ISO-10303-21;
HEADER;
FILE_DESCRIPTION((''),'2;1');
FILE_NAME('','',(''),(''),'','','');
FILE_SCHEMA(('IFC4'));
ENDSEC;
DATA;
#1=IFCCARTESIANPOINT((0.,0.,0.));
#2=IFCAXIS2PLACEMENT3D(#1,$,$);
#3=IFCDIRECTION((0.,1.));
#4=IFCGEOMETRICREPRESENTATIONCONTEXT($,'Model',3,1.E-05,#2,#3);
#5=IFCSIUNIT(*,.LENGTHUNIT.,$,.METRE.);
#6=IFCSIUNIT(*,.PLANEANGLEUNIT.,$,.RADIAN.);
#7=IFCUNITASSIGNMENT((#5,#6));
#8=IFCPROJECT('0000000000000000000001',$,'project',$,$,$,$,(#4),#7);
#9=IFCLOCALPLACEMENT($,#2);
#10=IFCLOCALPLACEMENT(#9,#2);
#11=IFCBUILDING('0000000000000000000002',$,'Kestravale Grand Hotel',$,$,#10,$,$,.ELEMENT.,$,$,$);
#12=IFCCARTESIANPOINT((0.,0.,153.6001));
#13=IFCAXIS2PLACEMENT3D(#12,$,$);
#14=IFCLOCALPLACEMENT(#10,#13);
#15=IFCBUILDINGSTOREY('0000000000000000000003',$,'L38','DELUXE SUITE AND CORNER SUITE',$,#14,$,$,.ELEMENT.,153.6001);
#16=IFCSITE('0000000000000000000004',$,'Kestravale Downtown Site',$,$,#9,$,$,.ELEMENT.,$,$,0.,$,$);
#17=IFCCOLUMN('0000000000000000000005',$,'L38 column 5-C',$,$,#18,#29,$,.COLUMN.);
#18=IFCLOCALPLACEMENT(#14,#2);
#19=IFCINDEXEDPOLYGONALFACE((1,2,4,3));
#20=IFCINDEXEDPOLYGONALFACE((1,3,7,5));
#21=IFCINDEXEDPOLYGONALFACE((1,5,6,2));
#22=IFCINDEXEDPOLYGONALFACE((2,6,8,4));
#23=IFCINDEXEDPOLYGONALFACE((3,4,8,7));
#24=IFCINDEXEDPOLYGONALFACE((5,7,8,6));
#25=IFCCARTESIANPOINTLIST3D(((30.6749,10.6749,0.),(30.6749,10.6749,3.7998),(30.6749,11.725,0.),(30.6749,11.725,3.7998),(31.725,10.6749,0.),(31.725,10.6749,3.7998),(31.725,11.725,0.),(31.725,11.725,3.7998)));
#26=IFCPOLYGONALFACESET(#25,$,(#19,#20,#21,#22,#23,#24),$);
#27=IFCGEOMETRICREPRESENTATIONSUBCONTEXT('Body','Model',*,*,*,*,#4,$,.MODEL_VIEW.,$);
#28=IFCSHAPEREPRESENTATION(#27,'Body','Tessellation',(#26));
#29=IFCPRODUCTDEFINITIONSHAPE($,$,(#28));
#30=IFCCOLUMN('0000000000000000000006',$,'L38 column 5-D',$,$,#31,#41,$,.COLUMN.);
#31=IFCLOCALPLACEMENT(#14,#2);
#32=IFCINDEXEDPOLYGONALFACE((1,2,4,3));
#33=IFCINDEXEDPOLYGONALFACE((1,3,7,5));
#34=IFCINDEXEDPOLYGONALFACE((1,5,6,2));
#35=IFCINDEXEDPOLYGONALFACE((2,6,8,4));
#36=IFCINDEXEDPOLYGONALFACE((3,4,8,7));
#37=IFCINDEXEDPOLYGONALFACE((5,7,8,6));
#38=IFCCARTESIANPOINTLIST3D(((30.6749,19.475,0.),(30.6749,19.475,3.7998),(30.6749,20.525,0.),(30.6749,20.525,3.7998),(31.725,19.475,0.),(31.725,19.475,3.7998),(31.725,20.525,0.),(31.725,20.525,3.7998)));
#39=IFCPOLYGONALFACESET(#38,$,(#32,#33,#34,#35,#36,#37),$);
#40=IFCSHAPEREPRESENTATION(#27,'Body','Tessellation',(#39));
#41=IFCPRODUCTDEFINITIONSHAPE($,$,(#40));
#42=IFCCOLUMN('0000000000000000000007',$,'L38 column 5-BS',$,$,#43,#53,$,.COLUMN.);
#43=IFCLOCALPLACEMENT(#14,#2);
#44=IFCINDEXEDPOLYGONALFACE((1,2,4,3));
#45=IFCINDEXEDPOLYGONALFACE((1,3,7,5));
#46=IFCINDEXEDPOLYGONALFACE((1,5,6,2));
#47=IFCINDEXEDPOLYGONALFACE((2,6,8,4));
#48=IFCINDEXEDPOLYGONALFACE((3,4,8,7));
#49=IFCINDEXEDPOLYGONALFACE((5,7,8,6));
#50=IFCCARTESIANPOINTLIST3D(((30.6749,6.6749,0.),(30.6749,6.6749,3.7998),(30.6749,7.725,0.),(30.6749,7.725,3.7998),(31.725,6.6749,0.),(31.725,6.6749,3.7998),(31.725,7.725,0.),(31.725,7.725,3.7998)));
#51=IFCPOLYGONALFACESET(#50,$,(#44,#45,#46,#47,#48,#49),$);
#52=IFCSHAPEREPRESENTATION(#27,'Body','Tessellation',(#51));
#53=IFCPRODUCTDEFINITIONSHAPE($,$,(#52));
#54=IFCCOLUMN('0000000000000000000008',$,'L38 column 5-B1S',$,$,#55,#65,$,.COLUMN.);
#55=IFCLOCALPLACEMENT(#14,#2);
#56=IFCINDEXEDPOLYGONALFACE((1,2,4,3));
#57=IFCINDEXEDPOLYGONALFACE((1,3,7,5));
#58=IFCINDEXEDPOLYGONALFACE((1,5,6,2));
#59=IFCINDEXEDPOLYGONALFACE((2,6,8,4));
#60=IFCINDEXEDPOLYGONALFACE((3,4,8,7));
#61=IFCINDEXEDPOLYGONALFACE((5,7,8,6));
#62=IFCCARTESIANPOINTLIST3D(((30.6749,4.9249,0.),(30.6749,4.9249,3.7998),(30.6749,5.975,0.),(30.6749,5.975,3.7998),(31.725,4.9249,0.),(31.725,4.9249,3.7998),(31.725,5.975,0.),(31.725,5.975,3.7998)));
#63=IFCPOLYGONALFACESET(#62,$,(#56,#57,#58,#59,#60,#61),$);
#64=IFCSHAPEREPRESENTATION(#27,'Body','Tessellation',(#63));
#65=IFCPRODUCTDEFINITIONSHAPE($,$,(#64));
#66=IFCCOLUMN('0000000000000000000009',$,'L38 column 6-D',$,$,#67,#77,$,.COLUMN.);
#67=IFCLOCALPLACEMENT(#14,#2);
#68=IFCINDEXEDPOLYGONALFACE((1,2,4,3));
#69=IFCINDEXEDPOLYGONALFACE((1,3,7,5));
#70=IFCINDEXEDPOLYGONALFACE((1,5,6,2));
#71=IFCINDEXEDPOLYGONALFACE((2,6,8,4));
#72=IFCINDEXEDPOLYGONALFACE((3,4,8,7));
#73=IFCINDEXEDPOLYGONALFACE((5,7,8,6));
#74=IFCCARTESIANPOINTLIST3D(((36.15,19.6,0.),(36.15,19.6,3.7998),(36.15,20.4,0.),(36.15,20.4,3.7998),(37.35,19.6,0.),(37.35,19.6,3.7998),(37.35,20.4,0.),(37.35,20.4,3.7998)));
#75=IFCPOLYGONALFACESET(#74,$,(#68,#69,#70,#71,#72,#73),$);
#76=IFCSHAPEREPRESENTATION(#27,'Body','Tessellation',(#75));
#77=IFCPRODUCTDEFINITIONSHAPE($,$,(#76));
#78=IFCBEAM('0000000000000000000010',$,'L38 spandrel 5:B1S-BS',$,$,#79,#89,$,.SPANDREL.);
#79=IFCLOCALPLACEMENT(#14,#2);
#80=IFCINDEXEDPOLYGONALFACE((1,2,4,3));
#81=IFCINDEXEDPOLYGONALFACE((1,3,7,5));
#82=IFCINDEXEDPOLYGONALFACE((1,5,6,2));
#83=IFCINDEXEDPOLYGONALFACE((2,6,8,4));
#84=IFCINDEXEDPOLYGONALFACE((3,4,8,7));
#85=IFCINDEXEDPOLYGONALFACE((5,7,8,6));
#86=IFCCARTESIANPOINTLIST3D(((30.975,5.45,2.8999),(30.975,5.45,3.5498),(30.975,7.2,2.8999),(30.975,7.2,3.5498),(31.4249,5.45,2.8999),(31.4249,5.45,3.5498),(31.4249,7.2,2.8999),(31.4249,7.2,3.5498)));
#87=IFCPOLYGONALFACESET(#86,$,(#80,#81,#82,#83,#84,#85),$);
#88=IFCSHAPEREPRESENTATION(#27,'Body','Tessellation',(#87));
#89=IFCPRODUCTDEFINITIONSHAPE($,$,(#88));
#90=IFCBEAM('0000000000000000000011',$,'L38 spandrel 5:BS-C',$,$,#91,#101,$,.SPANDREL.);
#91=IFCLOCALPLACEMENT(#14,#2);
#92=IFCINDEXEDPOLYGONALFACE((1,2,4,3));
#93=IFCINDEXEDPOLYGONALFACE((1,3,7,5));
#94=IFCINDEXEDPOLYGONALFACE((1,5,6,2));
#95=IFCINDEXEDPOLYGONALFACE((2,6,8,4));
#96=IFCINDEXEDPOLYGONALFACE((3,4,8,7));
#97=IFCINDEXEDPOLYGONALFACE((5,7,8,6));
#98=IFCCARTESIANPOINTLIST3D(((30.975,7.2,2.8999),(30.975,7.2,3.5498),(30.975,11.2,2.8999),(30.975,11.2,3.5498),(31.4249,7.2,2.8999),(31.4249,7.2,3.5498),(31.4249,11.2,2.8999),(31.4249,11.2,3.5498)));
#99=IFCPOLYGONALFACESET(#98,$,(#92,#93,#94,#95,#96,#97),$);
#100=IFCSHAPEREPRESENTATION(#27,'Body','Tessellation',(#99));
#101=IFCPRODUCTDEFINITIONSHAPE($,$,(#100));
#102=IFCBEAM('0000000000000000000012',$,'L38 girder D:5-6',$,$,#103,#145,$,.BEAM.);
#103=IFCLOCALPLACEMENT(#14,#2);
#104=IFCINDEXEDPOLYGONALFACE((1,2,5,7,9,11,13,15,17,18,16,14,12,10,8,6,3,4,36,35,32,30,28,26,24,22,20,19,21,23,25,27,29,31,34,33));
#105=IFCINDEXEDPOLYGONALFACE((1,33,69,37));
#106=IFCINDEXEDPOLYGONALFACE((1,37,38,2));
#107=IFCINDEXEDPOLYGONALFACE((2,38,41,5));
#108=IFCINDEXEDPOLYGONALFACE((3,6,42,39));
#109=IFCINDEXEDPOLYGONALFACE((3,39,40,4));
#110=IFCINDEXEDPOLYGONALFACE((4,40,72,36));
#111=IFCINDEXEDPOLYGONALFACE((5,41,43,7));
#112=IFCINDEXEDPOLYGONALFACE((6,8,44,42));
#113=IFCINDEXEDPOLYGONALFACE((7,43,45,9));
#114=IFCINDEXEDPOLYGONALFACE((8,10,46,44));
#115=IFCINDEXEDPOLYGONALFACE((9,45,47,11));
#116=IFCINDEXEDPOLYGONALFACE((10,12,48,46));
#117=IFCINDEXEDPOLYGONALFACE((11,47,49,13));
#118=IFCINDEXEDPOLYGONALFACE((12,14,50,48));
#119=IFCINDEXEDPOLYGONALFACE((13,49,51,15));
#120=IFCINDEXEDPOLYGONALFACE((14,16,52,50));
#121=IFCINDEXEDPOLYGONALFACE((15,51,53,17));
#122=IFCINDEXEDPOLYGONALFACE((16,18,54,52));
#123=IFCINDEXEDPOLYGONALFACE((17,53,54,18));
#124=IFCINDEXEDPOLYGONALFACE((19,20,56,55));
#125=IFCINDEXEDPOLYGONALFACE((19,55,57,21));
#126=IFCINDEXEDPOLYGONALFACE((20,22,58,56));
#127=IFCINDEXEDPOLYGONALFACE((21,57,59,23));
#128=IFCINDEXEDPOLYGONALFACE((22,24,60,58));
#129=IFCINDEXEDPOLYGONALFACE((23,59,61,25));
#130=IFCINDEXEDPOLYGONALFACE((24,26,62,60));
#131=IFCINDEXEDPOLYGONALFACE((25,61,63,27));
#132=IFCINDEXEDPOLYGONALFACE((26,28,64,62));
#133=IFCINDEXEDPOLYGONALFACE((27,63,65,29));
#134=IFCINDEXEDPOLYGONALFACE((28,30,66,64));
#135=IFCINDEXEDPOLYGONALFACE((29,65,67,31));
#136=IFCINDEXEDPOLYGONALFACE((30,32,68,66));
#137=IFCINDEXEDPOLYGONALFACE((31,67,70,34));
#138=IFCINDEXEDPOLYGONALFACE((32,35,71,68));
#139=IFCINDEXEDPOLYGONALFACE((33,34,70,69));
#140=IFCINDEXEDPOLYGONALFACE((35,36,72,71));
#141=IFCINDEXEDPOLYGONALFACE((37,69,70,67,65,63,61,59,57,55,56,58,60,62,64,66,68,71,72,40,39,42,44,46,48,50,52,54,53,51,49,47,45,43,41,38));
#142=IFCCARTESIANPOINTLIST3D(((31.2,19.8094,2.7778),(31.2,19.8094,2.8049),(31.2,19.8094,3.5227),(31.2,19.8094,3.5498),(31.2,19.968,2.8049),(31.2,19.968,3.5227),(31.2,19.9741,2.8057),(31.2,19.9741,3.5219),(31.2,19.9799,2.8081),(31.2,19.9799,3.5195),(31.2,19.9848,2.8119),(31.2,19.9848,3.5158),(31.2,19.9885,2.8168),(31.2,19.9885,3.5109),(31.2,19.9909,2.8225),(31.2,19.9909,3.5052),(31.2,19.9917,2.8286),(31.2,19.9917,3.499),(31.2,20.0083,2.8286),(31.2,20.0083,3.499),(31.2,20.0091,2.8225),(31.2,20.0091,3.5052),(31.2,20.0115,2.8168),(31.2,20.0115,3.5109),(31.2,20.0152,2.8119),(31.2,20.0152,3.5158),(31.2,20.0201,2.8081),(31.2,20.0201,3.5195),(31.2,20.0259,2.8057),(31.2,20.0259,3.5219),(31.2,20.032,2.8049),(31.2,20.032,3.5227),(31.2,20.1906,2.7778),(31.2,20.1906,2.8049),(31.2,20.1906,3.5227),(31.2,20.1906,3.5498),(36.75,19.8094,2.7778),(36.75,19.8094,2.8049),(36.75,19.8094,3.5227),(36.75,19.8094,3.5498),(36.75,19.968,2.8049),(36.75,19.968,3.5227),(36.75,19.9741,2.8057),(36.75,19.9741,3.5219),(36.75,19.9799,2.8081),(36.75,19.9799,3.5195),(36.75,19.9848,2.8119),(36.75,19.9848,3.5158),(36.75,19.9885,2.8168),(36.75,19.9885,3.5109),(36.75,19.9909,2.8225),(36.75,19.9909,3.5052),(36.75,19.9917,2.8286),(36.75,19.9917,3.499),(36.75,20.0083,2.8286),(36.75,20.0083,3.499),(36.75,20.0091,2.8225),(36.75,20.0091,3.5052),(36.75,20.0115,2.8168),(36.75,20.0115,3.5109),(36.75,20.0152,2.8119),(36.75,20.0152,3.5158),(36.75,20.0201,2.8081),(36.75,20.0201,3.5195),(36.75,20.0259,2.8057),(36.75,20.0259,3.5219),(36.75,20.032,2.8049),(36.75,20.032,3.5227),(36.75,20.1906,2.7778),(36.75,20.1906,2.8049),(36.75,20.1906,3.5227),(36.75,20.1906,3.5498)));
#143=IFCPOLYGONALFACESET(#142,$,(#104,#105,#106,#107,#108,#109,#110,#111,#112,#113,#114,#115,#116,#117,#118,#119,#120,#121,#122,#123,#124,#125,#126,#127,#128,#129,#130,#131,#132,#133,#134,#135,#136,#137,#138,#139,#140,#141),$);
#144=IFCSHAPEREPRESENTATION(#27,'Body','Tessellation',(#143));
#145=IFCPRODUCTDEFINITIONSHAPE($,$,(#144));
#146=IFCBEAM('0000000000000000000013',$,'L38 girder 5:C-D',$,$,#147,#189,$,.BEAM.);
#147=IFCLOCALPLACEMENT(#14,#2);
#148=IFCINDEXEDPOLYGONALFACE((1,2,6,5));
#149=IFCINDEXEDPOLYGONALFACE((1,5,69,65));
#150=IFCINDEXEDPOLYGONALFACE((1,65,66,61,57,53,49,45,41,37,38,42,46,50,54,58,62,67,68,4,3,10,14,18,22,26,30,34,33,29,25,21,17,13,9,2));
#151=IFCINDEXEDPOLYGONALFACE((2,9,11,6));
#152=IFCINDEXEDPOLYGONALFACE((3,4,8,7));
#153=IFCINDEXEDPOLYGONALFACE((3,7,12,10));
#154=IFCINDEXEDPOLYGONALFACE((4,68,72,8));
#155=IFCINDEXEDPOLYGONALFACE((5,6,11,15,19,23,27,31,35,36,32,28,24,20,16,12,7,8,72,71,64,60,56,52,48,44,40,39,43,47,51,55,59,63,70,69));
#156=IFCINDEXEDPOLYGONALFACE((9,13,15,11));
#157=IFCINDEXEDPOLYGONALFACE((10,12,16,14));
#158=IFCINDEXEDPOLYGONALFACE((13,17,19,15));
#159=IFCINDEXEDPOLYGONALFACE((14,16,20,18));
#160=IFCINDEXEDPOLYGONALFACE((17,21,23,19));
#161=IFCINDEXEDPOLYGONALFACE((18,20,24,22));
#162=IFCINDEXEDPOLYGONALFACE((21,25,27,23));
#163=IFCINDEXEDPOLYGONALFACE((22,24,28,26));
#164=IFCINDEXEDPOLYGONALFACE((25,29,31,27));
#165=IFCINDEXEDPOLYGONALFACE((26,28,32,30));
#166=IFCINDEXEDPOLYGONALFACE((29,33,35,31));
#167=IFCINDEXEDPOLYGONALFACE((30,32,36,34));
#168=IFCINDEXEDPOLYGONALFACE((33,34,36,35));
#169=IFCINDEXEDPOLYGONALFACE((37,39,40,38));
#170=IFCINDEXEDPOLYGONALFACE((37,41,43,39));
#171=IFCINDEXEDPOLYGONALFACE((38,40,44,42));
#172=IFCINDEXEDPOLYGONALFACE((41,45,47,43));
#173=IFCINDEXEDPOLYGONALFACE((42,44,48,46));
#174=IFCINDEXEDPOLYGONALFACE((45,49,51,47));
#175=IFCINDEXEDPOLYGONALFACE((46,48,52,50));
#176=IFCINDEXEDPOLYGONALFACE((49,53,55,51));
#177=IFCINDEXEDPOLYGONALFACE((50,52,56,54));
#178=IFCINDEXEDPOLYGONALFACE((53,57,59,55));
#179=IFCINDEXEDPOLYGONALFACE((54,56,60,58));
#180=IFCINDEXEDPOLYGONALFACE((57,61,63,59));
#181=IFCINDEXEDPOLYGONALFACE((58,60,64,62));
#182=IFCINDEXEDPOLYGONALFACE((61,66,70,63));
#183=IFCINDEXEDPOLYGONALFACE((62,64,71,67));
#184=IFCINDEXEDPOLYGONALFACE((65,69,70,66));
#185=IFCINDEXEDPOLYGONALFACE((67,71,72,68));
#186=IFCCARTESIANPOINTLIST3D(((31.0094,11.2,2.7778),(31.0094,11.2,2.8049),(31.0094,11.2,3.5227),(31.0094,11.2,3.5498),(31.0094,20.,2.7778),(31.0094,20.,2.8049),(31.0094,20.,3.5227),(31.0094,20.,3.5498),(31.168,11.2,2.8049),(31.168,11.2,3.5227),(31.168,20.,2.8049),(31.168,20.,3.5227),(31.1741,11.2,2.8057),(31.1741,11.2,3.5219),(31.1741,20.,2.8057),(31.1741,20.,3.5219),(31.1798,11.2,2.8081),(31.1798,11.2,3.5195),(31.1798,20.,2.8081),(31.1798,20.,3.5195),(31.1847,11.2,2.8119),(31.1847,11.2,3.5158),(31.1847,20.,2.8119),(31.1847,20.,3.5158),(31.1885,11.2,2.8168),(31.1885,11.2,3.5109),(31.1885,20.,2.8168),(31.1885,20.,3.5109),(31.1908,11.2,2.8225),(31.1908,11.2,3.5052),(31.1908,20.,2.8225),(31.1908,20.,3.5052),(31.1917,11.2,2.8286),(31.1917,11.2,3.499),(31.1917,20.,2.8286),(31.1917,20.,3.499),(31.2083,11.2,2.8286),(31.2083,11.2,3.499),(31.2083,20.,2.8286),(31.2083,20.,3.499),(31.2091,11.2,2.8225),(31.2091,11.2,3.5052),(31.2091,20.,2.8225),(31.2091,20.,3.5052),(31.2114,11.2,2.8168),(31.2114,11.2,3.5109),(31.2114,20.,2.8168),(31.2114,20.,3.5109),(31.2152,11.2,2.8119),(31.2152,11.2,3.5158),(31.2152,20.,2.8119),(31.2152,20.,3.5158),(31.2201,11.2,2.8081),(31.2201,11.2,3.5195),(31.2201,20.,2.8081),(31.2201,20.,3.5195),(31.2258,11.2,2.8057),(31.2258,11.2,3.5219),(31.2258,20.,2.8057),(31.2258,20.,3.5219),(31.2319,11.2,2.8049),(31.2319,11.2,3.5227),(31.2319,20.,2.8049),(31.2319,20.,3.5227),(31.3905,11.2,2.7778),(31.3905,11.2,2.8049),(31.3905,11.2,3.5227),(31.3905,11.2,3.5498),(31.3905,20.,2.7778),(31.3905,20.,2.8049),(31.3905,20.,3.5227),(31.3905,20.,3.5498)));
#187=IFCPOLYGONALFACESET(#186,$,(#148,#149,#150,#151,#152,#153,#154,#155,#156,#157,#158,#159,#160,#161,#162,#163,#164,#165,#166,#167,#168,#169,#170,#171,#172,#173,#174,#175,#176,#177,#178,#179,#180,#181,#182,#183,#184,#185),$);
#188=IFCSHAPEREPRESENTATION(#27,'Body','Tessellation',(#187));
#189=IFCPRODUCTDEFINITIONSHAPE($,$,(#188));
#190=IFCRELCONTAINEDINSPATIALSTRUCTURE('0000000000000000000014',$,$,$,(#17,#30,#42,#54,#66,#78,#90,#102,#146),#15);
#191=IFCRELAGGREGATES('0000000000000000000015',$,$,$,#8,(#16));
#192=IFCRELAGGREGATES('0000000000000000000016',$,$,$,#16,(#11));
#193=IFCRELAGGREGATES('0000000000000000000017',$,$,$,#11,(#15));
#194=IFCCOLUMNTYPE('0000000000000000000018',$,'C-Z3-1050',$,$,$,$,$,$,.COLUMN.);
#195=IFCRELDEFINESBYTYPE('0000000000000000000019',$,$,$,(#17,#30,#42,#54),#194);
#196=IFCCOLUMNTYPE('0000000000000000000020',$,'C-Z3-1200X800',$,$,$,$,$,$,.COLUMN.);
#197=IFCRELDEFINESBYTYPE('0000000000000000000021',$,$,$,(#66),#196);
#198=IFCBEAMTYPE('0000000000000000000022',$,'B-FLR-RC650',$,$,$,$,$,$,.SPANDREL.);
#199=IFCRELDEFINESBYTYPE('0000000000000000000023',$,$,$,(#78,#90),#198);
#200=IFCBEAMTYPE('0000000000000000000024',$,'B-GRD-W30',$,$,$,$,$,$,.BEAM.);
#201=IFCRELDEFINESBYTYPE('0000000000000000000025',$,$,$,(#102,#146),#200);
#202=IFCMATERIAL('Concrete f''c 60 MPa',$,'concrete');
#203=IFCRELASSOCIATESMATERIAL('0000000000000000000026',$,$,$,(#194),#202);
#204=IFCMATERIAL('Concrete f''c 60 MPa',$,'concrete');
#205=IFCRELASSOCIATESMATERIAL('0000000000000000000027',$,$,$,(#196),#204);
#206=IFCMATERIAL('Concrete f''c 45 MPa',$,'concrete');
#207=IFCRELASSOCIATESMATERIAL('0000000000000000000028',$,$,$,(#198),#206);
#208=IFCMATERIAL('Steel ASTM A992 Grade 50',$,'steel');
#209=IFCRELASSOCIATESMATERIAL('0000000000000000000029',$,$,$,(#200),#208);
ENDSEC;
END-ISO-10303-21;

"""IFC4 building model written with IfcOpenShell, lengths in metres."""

from ifc_helpers import new_model, si_unit, direction, frame, origin, origin_2d, place, context, subcontext, project, spatial, rectangle, i_section, extrude, material, material_profile, profile_set, type_object, element, save


model = new_model("IFC4")

# Units and contexts
model_context = context("Model", 3, precision=1e-05, world=origin(), true_north=direction((0.0, 1.0)))
body_context = subcontext(model_context, "Body", "Model", "MODEL_VIEW")
ifc_project = project(units=[si_unit("LENGTHUNIT", "METRE"), si_unit("PLANEANGLEUNIT", "RADIAN")], contexts=[model_context])

# Site, building, storey
site_placement = place(None, origin())
site = spatial("IfcSite", under=ifc_project, at=site_placement, Name="Kestravale Downtown Site", CompositionType="ELEMENT", RefElevation=0.0)
building_placement = place(site_placement, origin())
building = spatial("IfcBuilding", under=site, at=building_placement, Name="Kestravale Grand Hotel", CompositionType="ELEMENT")
storey_placement = place(building_placement, frame((0.0, 0.0, 153.6001)))
storey = spatial("IfcBuildingStorey", under=building, at=storey_placement, Name="L38", Description="DELUXE SUITE AND CORNER SUITE", CompositionType="ELEMENT", Elevation=153.6001)

# Columns
ifc_material_1 = material(Name="Concrete f'c 60 MPa", Category="concrete")
ifc_material_profile_1 = material_profile(ifc_material_1, rectangle(XDim=1.05, YDim=1.05, at=origin_2d()))
ifc_profile_set_1 = profile_set([ifc_material_profile_1], Name="Concrete f'c 60 MPa")
column_type_1 = type_object("IfcColumnType", Name="C-Z3-1050", PredefinedType="COLUMN", material=ifc_profile_set_1)
for number, where, z_axis, x_axis, name in (
    (1, (31.2, 11.2, 0.0), (0.0, 0.0, 1.0), (1.0, 0.0, 0.0), "L38 column 5-C"),
    (2, (31.2, 20.0, 0.0), (0.0, 0.0, 1.0), (1.0, 0.0, 0.0), "L38 column 5-D"),
    (3, (31.2, 7.2, 0.0), (0.0, 0.0, 1.0), (1.0, 0.0, 0.0), "L38 column 5-BS"),
    (4, (31.2, 5.45, 0.0), (0.0, 0.0, 1.0), (1.0, 0.0, 0.0), "L38 column 5-B1S"),
):
    element("IfcColumn", number, at=place(storey_placement, frame(where, z_axis=z_axis, x_axis=x_axis)), inside=storey, type_object=column_type_1, Name=name, PredefinedType="COLUMN", context=body_context, shape_type="SweptSolid", body=[
        extrude(rectangle(XDim=1.05, YDim=1.05, at=origin_2d()), origin(), (0.0, 0.0, 1.0), 3.7998),
    ])
ifc_material_2 = material(Name="Concrete f'c 60 MPa", Category="concrete")
ifc_material_profile_2 = material_profile(ifc_material_2, rectangle(XDim=1.2, YDim=0.8, at=origin_2d()))
ifc_profile_set_2 = profile_set([ifc_material_profile_2], Name="Concrete f'c 60 MPa")
column_type_2 = type_object("IfcColumnType", Name="C-Z3-1200X800", PredefinedType="COLUMN", material=ifc_profile_set_2)
column_placement = place(storey_placement, frame((36.75, 20.0, 0.0), z_axis=(0.0, 0.0, 1.0), x_axis=(1.0, 0.0, 0.0)))
element("IfcColumn", 5, at=column_placement, inside=storey, type_object=column_type_2, Name="L38 column 6-D", PredefinedType="COLUMN", context=body_context, shape_type="SweptSolid", body=[
    extrude(rectangle(XDim=1.2, YDim=0.8, at=origin_2d()), origin(), (0.0, 0.0, 1.0), 3.7998),
])

# Beams
ifc_material_3 = material(Name="Concrete f'c 45 MPa", Category="concrete")
ifc_material_profile_3 = material_profile(ifc_material_3, rectangle(XDim=0.45, YDim=0.6499, at=origin_2d()))
ifc_profile_set_3 = profile_set([ifc_material_profile_3], Name="Concrete f'c 45 MPa")
beam_type_1 = type_object("IfcBeamType", Name="B-FLR-RC650", PredefinedType="SPANDREL", material=ifc_profile_set_3)
beam_1_placement = place(storey_placement, frame((31.2, 5.45, 3.2249), z_axis=(0.0, 1.0, 0.0), x_axis=(-1.0, 0.0, 0.0)))
element("IfcBeam", 6, at=beam_1_placement, inside=storey, type_object=beam_type_1, Name="L38 spandrel 5:B1S-BS", PredefinedType="SPANDREL", context=body_context, shape_type="SweptSolid", body=[
    extrude(rectangle(XDim=0.45, YDim=0.6499, at=origin_2d()), origin(), (0.0, 0.0, 1.0), 1.75),
])
beam_2_placement = place(storey_placement, frame((31.2, 7.2, 3.2249), z_axis=(0.0, 1.0, 0.0), x_axis=(-1.0, 0.0, 0.0)))
element("IfcBeam", 7, at=beam_2_placement, inside=storey, type_object=beam_type_1, Name="L38 spandrel 5:BS-C", PredefinedType="SPANDREL", context=body_context, shape_type="SweptSolid", body=[
    extrude(rectangle(XDim=0.45, YDim=0.6499, at=origin_2d()), origin(), (0.0, 0.0, 1.0), 4.0),
])
ifc_material_4 = material(Name="Steel ASTM A992 Grade 50", Category="steel")
ifc_material_profile_4 = material_profile(ifc_material_4, i_section(OverallWidth=0.3811, OverallDepth=0.772, WebThickness=0.0166, FlangeThickness=0.0271, FilletRadius=0.0237, at=origin_2d()))
ifc_profile_set_4 = profile_set([ifc_material_profile_4], Name="Steel ASTM A992 Grade 50")
beam_type_2 = type_object("IfcBeamType", Name="B-GRD-W30", PredefinedType="BEAM", material=ifc_profile_set_4)
beam_3_placement = place(storey_placement, frame((31.2, 20.0, 3.1638), z_axis=(1.0, 0.0, 0.0), x_axis=(0.0, 1.0, 0.0)))
element("IfcBeam", 8, at=beam_3_placement, inside=storey, type_object=beam_type_2, Name="L38 girder D:5-6", PredefinedType="BEAM", context=body_context, shape_type="SweptSolid", body=[
    extrude(i_section(OverallWidth=0.3811, OverallDepth=0.772, WebThickness=0.0166, FlangeThickness=0.0271, FilletRadius=0.0237, at=origin_2d()), origin(), (0.0, 0.0, 1.0), 5.55),
])
beam_4_placement = place(storey_placement, frame((31.2, 11.2, 3.1638), z_axis=(0.0, 1.0, 0.0), x_axis=(-1.0, 0.0, 0.0)))
element("IfcBeam", 9, at=beam_4_placement, inside=storey, type_object=beam_type_2, Name="L38 girder 5:C-D", PredefinedType="BEAM", context=body_context, shape_type="SweptSolid", body=[
    extrude(i_section(OverallWidth=0.3811, OverallDepth=0.772, WebThickness=0.0166, FlangeThickness=0.0271, FilletRadius=0.0237, at=origin_2d()), origin(), (0.0, 0.0, 1.0), 8.8),
])

save(model, "model.ifc")
